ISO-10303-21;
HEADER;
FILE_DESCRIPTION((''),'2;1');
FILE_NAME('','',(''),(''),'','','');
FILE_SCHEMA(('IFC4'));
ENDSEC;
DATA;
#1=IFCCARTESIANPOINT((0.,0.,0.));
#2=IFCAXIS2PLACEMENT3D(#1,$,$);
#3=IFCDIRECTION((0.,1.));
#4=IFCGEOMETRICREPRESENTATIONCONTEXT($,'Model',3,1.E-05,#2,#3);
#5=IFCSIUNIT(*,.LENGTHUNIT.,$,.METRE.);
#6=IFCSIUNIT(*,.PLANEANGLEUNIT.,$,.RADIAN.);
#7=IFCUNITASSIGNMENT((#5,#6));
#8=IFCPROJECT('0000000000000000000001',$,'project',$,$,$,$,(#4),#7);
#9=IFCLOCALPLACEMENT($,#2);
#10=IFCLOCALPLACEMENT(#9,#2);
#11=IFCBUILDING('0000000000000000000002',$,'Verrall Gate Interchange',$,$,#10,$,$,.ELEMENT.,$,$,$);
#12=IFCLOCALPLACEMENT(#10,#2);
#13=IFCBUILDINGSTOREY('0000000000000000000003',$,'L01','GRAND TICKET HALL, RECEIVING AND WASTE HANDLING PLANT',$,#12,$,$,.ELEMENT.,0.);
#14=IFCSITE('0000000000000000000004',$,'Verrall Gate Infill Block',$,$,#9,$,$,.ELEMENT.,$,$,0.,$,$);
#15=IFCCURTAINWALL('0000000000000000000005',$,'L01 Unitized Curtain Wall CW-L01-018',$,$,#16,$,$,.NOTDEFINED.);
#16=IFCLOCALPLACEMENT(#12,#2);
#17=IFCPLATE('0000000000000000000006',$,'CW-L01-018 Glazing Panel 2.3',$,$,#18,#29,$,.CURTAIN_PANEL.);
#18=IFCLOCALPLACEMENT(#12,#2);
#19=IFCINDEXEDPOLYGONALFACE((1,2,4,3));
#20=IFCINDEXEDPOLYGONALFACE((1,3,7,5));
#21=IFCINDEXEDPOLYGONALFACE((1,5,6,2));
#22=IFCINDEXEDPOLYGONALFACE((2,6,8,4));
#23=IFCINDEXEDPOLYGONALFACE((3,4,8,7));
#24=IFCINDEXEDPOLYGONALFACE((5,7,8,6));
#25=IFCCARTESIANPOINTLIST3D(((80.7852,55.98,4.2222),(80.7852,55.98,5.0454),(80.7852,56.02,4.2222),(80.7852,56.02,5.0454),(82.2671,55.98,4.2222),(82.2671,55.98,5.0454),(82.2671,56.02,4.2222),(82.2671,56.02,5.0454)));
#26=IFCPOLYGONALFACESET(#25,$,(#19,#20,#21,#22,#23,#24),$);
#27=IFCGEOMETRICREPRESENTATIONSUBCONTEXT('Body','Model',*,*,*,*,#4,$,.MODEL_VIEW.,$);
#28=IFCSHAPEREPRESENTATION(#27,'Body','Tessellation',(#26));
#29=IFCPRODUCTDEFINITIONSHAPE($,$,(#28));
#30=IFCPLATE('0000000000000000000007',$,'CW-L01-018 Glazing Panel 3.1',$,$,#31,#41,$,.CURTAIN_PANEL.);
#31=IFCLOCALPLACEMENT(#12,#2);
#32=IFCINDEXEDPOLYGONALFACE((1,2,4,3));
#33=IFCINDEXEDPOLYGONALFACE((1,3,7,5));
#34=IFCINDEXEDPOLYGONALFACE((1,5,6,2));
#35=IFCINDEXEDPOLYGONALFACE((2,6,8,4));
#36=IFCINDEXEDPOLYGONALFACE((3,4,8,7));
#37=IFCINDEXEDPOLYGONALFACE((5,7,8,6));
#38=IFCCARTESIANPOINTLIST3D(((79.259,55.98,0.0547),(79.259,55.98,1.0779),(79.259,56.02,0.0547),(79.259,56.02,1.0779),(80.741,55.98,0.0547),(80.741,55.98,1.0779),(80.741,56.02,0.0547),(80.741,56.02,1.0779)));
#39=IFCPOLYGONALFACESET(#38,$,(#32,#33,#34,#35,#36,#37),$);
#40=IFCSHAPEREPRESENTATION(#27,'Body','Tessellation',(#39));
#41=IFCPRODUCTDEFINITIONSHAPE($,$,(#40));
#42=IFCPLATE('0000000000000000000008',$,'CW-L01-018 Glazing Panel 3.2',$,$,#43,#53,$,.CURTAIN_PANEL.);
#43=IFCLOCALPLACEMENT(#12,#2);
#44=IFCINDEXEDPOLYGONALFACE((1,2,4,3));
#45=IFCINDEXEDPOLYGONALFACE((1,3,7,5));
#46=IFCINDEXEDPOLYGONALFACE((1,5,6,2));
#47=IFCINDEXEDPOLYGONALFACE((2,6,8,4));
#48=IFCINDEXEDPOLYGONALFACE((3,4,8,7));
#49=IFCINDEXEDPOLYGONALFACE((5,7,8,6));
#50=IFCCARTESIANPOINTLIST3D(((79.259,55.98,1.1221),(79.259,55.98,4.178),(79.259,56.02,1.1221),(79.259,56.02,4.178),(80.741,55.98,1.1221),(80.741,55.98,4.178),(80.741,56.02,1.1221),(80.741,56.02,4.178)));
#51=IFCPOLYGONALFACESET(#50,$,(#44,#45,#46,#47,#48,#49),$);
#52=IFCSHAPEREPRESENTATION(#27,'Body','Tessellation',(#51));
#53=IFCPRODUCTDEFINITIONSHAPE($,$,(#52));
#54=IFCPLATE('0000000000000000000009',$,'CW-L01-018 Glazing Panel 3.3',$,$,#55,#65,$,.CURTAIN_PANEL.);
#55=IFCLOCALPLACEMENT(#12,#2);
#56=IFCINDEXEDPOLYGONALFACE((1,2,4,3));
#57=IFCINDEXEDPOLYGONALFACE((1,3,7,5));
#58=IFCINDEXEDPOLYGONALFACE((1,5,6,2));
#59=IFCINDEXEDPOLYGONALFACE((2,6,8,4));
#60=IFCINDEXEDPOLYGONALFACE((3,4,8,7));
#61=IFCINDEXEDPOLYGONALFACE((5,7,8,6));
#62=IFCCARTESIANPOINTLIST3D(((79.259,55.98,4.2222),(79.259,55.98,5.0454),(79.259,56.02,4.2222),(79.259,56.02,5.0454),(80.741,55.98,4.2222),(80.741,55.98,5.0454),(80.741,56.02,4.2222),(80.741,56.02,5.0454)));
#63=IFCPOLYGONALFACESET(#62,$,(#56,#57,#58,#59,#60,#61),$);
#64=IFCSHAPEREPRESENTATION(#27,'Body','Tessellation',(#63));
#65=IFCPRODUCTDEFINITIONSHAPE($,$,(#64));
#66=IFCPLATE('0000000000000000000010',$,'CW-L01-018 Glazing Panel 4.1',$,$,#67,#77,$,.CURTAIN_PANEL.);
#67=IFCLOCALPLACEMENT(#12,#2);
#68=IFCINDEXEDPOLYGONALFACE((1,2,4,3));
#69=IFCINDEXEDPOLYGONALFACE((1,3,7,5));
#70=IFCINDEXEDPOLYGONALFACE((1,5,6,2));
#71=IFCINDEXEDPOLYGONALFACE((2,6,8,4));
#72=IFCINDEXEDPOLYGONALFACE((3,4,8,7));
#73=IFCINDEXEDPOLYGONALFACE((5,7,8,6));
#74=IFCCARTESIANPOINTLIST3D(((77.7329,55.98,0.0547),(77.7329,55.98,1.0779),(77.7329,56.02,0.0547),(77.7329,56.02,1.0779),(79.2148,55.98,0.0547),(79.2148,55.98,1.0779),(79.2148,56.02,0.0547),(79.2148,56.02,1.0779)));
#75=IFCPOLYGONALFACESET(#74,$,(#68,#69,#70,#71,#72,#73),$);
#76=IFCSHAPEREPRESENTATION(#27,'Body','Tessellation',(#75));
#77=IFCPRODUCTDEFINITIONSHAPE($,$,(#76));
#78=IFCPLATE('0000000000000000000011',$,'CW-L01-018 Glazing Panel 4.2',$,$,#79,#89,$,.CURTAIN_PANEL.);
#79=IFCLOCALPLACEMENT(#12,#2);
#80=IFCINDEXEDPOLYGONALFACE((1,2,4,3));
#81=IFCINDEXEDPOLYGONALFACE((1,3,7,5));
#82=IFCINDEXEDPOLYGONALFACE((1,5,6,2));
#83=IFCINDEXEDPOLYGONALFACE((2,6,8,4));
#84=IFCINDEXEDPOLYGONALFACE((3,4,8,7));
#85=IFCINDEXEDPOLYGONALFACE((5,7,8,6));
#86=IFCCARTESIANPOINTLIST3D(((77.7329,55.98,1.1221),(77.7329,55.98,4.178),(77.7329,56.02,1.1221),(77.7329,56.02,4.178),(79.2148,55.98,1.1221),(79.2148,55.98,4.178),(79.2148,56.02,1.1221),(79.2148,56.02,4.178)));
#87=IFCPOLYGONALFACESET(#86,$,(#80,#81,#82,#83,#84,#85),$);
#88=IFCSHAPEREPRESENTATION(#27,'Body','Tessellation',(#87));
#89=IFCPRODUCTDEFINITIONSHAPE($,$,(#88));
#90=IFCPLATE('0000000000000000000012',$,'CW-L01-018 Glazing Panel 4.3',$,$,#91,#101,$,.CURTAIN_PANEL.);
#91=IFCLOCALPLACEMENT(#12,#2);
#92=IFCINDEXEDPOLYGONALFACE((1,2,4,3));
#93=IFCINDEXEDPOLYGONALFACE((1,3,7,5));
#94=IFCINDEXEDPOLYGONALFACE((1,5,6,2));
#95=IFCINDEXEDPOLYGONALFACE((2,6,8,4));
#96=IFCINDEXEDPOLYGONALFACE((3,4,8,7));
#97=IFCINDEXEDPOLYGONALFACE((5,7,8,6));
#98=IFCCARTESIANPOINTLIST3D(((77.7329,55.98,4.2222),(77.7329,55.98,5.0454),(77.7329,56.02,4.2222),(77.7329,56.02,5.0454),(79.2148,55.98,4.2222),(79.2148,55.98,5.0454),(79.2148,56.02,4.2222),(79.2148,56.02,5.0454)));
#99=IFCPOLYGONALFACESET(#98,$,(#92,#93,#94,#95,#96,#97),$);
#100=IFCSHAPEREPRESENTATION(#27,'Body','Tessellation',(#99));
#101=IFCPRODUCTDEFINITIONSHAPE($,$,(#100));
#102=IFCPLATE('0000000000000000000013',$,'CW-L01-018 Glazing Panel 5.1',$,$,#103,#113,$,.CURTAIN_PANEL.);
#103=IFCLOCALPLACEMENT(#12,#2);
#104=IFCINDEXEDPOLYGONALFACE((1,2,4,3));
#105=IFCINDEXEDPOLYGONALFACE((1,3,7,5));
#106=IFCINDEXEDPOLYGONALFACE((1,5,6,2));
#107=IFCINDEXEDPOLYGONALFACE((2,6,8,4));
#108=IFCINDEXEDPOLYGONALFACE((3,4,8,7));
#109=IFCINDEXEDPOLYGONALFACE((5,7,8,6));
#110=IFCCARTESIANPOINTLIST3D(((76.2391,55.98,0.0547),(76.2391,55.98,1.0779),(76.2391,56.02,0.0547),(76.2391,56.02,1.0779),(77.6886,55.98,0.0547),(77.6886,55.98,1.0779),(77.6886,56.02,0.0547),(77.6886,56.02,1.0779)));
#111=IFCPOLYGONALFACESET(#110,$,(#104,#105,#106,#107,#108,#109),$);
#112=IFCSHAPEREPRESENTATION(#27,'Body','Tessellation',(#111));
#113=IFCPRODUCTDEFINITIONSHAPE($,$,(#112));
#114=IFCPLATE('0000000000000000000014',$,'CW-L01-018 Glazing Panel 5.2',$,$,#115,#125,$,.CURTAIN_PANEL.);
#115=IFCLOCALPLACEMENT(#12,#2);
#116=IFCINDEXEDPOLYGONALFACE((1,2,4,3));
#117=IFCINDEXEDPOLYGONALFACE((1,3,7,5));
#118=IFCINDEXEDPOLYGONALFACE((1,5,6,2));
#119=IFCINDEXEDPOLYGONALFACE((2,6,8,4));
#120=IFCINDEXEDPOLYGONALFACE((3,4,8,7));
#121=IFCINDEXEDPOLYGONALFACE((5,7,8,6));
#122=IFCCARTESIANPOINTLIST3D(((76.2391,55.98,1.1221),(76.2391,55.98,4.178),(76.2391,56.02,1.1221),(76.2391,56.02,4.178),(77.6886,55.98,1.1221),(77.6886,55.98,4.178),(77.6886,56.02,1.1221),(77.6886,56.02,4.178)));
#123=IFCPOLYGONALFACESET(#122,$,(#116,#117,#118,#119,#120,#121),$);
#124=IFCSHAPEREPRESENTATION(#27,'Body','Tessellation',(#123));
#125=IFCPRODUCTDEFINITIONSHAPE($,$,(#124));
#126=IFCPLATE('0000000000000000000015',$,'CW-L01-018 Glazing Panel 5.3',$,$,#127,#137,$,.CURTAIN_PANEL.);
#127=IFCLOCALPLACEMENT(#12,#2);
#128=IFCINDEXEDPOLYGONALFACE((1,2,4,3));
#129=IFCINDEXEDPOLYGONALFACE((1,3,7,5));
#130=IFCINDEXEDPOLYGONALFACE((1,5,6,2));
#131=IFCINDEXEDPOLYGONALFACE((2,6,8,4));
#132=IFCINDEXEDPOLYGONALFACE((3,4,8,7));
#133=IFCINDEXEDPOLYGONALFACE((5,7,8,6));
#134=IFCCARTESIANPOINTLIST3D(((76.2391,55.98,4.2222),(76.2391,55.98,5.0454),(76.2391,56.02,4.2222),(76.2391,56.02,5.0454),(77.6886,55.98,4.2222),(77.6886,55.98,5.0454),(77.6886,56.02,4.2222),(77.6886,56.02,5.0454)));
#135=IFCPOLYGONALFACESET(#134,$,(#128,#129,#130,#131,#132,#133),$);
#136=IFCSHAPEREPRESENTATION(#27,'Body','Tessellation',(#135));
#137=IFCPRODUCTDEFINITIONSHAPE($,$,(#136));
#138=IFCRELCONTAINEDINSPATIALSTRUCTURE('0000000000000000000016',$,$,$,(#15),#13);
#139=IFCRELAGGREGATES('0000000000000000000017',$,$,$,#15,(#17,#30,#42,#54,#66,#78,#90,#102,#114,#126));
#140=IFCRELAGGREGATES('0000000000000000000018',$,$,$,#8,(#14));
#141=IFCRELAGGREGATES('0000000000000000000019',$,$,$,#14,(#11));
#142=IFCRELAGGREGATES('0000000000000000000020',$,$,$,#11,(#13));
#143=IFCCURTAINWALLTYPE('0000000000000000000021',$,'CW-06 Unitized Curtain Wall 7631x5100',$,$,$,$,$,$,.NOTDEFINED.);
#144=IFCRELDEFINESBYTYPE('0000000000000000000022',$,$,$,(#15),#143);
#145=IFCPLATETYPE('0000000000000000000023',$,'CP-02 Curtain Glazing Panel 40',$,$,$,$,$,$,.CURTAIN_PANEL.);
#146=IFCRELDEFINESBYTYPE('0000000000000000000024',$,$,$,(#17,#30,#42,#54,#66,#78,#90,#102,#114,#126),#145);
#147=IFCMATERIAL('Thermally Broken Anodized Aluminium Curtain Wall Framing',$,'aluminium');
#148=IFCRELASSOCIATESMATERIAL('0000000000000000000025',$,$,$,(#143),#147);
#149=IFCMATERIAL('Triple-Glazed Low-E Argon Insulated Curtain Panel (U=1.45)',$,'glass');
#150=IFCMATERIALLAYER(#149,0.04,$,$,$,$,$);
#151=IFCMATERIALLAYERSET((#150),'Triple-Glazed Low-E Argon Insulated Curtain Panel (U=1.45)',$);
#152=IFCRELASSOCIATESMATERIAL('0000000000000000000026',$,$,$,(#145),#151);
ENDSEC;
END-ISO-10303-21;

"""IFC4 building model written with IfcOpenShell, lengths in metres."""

from ifc_helpers import new_model, si_unit, direction, frame, origin, origin_2d, place, context, subcontext, project, spatial, rectangle, extrude, material, layer, layer_set, type_object, element, aggregate, save


model = new_model("IFC4")

# Units and contexts
model_context = context("Model", 3, precision=1e-05, world=origin(), true_north=direction((0.0, 1.0)))
body_context = subcontext(model_context, "Body", "Model", "MODEL_VIEW")
ifc_project = project(units=[si_unit("LENGTHUNIT", "METRE"), si_unit("PLANEANGLEUNIT", "RADIAN")], contexts=[model_context])

# Site, building, storey
site_placement = place(None, origin())
site = spatial("IfcSite", under=ifc_project, at=site_placement, Name="Verrall Gate Infill Block", CompositionType="ELEMENT", RefElevation=0.0)
building_placement = place(site_placement, origin())
building = spatial("IfcBuilding", under=site, at=building_placement, Name="Verrall Gate Interchange", CompositionType="ELEMENT")
storey_placement = place(building_placement, origin())
storey = spatial("IfcBuildingStorey", under=building, at=storey_placement, Name="L01", Description="GRAND TICKET HALL, RECEIVING AND WASTE HANDLING PLANT", CompositionType="ELEMENT", Elevation=0.0)

# Curtain wall, plates
ifc_material_1 = material(Name="Thermally Broken Anodized Aluminium Curtain Wall Framing", Category="aluminium")
curtain_wall_type = type_object("IfcCurtainWallType", Name="CW-06 Unitized Curtain Wall 7631x5100", PredefinedType="NOTDEFINED", material=ifc_material_1)
curtain_wall_placement = place(storey_placement, origin())
curtain_wall = element("IfcCurtainWall", 1, at=curtain_wall_placement, inside=storey, type_object=curtain_wall_type, Name="L01 Unitized Curtain Wall CW-L01-018", PredefinedType="NOTDEFINED")
ifc_material_2 = material(Name="Triple-Glazed Low-E Argon Insulated Curtain Panel (U=1.45)", Category="glass")
ifc_layer = layer(ifc_material_2, 0.04)
ifc_layer_set = layer_set([ifc_layer], Name="Triple-Glazed Low-E Argon Insulated Curtain Panel (U=1.45)")
plate_type = type_object("IfcPlateType", Name="CP-02 Curtain Glazing Panel 40", PredefinedType="CURTAIN_PANEL", material=ifc_layer_set)
plate_1_placement = place(storey_placement, frame((81.5261, 56.0, 4.2222), z_axis=(0.0, 0.0, 1.0), x_axis=(-1.0, 0.0, 0.0)))
plate_1 = element("IfcPlate", 2, at=plate_1_placement, type_object=plate_type, Name="CW-L01-018 Glazing Panel 2.3", PredefinedType="CURTAIN_PANEL", context=body_context, shape_type="SweptSolid", body=[
    extrude(rectangle(XDim=1.4819, YDim=0.04, at=origin_2d()), origin(), (0.0, 0.0, 1.0), 0.8232),
])
plate_2_placement = place(storey_placement, frame((80.0, 56.0, 0.0547), z_axis=(0.0, 0.0, 1.0), x_axis=(-1.0, 0.0, 0.0)))
plate_2 = element("IfcPlate", 3, at=plate_2_placement, type_object=plate_type, Name="CW-L01-018 Glazing Panel 3.1", PredefinedType="CURTAIN_PANEL", context=body_context, shape_type="SweptSolid", body=[
    extrude(rectangle(XDim=1.4819, YDim=0.04, at=origin_2d()), origin(), (0.0, 0.0, 1.0), 1.0232),
])
plate_3_placement = place(storey_placement, frame((80.0, 56.0, 1.1221), z_axis=(0.0, 0.0, 1.0), x_axis=(-1.0, 0.0, 0.0)))
plate_3 = element("IfcPlate", 4, at=plate_3_placement, type_object=plate_type, Name="CW-L01-018 Glazing Panel 3.2", PredefinedType="CURTAIN_PANEL", context=body_context, shape_type="SweptSolid", body=[
    extrude(rectangle(XDim=1.4819, YDim=0.04, at=origin_2d()), origin(), (0.0, 0.0, 1.0), 3.0559),
])
plate_4_placement = place(storey_placement, frame((80.0, 56.0, 4.2222), z_axis=(0.0, 0.0, 1.0), x_axis=(-1.0, 0.0, 0.0)))
plate_4 = element("IfcPlate", 5, at=plate_4_placement, type_object=plate_type, Name="CW-L01-018 Glazing Panel 3.3", PredefinedType="CURTAIN_PANEL", context=body_context, shape_type="SweptSolid", body=[
    extrude(rectangle(XDim=1.4819, YDim=0.04, at=origin_2d()), origin(), (0.0, 0.0, 1.0), 0.8232),
])
plate_5_placement = place(storey_placement, frame((78.4739, 56.0, 0.0547), z_axis=(0.0, 0.0, 1.0), x_axis=(-1.0, 0.0, 0.0)))
plate_5 = element("IfcPlate", 6, at=plate_5_placement, type_object=plate_type, Name="CW-L01-018 Glazing Panel 4.1", PredefinedType="CURTAIN_PANEL", context=body_context, shape_type="SweptSolid", body=[
    extrude(rectangle(XDim=1.4819, YDim=0.04, at=origin_2d()), origin(), (0.0, 0.0, 1.0), 1.0232),
])
plate_6_placement = place(storey_placement, frame((78.4739, 56.0, 1.1221), z_axis=(0.0, 0.0, 1.0), x_axis=(-1.0, 0.0, 0.0)))
plate_6 = element("IfcPlate", 7, at=plate_6_placement, type_object=plate_type, Name="CW-L01-018 Glazing Panel 4.2", PredefinedType="CURTAIN_PANEL", context=body_context, shape_type="SweptSolid", body=[
    extrude(rectangle(XDim=1.4819, YDim=0.04, at=origin_2d()), origin(), (0.0, 0.0, 1.0), 3.0559),
])
plate_7_placement = place(storey_placement, frame((78.4739, 56.0, 4.2222), z_axis=(0.0, 0.0, 1.0), x_axis=(-1.0, 0.0, 0.0)))
plate_7 = element("IfcPlate", 8, at=plate_7_placement, type_object=plate_type, Name="CW-L01-018 Glazing Panel 4.3", PredefinedType="CURTAIN_PANEL", context=body_context, shape_type="SweptSolid", body=[
    extrude(rectangle(XDim=1.4819, YDim=0.04, at=origin_2d()), origin(), (0.0, 0.0, 1.0), 0.8232),
])
plate_8_placement = place(storey_placement, frame((76.9639, 56.0, 0.0547), z_axis=(0.0, 0.0, 1.0), x_axis=(-1.0, 0.0, 0.0)))
plate_8 = element("IfcPlate", 9, at=plate_8_placement, type_object=plate_type, Name="CW-L01-018 Glazing Panel 5.1", PredefinedType="CURTAIN_PANEL", context=body_context, shape_type="SweptSolid", body=[
    extrude(rectangle(XDim=1.4495, YDim=0.04, at=origin_2d()), origin(), (0.0, 0.0, 1.0), 1.0232),
])
plate_9_placement = place(storey_placement, frame((76.9639, 56.0, 1.1221), z_axis=(0.0, 0.0, 1.0), x_axis=(-1.0, 0.0, 0.0)))
plate_9 = element("IfcPlate", 10, at=plate_9_placement, type_object=plate_type, Name="CW-L01-018 Glazing Panel 5.2", PredefinedType="CURTAIN_PANEL", context=body_context, shape_type="SweptSolid", body=[
    extrude(rectangle(XDim=1.4495, YDim=0.04, at=origin_2d()), origin(), (0.0, 0.0, 1.0), 3.0559),
])
plate_10_placement = place(storey_placement, frame((76.9639, 56.0, 4.2222), z_axis=(0.0, 0.0, 1.0), x_axis=(-1.0, 0.0, 0.0)))
plate_10 = element("IfcPlate", 11, at=plate_10_placement, type_object=plate_type, Name="CW-L01-018 Glazing Panel 5.3", PredefinedType="CURTAIN_PANEL", context=body_context, shape_type="SweptSolid", body=[
    extrude(rectangle(XDim=1.4495, YDim=0.04, at=origin_2d()), origin(), (0.0, 0.0, 1.0), 0.8232),
])
aggregate(curtain_wall, [plate_1, plate_2, plate_3, plate_4, plate_5, plate_6, plate_7, plate_8, plate_9, plate_10])

save(model, "model.ifc")
